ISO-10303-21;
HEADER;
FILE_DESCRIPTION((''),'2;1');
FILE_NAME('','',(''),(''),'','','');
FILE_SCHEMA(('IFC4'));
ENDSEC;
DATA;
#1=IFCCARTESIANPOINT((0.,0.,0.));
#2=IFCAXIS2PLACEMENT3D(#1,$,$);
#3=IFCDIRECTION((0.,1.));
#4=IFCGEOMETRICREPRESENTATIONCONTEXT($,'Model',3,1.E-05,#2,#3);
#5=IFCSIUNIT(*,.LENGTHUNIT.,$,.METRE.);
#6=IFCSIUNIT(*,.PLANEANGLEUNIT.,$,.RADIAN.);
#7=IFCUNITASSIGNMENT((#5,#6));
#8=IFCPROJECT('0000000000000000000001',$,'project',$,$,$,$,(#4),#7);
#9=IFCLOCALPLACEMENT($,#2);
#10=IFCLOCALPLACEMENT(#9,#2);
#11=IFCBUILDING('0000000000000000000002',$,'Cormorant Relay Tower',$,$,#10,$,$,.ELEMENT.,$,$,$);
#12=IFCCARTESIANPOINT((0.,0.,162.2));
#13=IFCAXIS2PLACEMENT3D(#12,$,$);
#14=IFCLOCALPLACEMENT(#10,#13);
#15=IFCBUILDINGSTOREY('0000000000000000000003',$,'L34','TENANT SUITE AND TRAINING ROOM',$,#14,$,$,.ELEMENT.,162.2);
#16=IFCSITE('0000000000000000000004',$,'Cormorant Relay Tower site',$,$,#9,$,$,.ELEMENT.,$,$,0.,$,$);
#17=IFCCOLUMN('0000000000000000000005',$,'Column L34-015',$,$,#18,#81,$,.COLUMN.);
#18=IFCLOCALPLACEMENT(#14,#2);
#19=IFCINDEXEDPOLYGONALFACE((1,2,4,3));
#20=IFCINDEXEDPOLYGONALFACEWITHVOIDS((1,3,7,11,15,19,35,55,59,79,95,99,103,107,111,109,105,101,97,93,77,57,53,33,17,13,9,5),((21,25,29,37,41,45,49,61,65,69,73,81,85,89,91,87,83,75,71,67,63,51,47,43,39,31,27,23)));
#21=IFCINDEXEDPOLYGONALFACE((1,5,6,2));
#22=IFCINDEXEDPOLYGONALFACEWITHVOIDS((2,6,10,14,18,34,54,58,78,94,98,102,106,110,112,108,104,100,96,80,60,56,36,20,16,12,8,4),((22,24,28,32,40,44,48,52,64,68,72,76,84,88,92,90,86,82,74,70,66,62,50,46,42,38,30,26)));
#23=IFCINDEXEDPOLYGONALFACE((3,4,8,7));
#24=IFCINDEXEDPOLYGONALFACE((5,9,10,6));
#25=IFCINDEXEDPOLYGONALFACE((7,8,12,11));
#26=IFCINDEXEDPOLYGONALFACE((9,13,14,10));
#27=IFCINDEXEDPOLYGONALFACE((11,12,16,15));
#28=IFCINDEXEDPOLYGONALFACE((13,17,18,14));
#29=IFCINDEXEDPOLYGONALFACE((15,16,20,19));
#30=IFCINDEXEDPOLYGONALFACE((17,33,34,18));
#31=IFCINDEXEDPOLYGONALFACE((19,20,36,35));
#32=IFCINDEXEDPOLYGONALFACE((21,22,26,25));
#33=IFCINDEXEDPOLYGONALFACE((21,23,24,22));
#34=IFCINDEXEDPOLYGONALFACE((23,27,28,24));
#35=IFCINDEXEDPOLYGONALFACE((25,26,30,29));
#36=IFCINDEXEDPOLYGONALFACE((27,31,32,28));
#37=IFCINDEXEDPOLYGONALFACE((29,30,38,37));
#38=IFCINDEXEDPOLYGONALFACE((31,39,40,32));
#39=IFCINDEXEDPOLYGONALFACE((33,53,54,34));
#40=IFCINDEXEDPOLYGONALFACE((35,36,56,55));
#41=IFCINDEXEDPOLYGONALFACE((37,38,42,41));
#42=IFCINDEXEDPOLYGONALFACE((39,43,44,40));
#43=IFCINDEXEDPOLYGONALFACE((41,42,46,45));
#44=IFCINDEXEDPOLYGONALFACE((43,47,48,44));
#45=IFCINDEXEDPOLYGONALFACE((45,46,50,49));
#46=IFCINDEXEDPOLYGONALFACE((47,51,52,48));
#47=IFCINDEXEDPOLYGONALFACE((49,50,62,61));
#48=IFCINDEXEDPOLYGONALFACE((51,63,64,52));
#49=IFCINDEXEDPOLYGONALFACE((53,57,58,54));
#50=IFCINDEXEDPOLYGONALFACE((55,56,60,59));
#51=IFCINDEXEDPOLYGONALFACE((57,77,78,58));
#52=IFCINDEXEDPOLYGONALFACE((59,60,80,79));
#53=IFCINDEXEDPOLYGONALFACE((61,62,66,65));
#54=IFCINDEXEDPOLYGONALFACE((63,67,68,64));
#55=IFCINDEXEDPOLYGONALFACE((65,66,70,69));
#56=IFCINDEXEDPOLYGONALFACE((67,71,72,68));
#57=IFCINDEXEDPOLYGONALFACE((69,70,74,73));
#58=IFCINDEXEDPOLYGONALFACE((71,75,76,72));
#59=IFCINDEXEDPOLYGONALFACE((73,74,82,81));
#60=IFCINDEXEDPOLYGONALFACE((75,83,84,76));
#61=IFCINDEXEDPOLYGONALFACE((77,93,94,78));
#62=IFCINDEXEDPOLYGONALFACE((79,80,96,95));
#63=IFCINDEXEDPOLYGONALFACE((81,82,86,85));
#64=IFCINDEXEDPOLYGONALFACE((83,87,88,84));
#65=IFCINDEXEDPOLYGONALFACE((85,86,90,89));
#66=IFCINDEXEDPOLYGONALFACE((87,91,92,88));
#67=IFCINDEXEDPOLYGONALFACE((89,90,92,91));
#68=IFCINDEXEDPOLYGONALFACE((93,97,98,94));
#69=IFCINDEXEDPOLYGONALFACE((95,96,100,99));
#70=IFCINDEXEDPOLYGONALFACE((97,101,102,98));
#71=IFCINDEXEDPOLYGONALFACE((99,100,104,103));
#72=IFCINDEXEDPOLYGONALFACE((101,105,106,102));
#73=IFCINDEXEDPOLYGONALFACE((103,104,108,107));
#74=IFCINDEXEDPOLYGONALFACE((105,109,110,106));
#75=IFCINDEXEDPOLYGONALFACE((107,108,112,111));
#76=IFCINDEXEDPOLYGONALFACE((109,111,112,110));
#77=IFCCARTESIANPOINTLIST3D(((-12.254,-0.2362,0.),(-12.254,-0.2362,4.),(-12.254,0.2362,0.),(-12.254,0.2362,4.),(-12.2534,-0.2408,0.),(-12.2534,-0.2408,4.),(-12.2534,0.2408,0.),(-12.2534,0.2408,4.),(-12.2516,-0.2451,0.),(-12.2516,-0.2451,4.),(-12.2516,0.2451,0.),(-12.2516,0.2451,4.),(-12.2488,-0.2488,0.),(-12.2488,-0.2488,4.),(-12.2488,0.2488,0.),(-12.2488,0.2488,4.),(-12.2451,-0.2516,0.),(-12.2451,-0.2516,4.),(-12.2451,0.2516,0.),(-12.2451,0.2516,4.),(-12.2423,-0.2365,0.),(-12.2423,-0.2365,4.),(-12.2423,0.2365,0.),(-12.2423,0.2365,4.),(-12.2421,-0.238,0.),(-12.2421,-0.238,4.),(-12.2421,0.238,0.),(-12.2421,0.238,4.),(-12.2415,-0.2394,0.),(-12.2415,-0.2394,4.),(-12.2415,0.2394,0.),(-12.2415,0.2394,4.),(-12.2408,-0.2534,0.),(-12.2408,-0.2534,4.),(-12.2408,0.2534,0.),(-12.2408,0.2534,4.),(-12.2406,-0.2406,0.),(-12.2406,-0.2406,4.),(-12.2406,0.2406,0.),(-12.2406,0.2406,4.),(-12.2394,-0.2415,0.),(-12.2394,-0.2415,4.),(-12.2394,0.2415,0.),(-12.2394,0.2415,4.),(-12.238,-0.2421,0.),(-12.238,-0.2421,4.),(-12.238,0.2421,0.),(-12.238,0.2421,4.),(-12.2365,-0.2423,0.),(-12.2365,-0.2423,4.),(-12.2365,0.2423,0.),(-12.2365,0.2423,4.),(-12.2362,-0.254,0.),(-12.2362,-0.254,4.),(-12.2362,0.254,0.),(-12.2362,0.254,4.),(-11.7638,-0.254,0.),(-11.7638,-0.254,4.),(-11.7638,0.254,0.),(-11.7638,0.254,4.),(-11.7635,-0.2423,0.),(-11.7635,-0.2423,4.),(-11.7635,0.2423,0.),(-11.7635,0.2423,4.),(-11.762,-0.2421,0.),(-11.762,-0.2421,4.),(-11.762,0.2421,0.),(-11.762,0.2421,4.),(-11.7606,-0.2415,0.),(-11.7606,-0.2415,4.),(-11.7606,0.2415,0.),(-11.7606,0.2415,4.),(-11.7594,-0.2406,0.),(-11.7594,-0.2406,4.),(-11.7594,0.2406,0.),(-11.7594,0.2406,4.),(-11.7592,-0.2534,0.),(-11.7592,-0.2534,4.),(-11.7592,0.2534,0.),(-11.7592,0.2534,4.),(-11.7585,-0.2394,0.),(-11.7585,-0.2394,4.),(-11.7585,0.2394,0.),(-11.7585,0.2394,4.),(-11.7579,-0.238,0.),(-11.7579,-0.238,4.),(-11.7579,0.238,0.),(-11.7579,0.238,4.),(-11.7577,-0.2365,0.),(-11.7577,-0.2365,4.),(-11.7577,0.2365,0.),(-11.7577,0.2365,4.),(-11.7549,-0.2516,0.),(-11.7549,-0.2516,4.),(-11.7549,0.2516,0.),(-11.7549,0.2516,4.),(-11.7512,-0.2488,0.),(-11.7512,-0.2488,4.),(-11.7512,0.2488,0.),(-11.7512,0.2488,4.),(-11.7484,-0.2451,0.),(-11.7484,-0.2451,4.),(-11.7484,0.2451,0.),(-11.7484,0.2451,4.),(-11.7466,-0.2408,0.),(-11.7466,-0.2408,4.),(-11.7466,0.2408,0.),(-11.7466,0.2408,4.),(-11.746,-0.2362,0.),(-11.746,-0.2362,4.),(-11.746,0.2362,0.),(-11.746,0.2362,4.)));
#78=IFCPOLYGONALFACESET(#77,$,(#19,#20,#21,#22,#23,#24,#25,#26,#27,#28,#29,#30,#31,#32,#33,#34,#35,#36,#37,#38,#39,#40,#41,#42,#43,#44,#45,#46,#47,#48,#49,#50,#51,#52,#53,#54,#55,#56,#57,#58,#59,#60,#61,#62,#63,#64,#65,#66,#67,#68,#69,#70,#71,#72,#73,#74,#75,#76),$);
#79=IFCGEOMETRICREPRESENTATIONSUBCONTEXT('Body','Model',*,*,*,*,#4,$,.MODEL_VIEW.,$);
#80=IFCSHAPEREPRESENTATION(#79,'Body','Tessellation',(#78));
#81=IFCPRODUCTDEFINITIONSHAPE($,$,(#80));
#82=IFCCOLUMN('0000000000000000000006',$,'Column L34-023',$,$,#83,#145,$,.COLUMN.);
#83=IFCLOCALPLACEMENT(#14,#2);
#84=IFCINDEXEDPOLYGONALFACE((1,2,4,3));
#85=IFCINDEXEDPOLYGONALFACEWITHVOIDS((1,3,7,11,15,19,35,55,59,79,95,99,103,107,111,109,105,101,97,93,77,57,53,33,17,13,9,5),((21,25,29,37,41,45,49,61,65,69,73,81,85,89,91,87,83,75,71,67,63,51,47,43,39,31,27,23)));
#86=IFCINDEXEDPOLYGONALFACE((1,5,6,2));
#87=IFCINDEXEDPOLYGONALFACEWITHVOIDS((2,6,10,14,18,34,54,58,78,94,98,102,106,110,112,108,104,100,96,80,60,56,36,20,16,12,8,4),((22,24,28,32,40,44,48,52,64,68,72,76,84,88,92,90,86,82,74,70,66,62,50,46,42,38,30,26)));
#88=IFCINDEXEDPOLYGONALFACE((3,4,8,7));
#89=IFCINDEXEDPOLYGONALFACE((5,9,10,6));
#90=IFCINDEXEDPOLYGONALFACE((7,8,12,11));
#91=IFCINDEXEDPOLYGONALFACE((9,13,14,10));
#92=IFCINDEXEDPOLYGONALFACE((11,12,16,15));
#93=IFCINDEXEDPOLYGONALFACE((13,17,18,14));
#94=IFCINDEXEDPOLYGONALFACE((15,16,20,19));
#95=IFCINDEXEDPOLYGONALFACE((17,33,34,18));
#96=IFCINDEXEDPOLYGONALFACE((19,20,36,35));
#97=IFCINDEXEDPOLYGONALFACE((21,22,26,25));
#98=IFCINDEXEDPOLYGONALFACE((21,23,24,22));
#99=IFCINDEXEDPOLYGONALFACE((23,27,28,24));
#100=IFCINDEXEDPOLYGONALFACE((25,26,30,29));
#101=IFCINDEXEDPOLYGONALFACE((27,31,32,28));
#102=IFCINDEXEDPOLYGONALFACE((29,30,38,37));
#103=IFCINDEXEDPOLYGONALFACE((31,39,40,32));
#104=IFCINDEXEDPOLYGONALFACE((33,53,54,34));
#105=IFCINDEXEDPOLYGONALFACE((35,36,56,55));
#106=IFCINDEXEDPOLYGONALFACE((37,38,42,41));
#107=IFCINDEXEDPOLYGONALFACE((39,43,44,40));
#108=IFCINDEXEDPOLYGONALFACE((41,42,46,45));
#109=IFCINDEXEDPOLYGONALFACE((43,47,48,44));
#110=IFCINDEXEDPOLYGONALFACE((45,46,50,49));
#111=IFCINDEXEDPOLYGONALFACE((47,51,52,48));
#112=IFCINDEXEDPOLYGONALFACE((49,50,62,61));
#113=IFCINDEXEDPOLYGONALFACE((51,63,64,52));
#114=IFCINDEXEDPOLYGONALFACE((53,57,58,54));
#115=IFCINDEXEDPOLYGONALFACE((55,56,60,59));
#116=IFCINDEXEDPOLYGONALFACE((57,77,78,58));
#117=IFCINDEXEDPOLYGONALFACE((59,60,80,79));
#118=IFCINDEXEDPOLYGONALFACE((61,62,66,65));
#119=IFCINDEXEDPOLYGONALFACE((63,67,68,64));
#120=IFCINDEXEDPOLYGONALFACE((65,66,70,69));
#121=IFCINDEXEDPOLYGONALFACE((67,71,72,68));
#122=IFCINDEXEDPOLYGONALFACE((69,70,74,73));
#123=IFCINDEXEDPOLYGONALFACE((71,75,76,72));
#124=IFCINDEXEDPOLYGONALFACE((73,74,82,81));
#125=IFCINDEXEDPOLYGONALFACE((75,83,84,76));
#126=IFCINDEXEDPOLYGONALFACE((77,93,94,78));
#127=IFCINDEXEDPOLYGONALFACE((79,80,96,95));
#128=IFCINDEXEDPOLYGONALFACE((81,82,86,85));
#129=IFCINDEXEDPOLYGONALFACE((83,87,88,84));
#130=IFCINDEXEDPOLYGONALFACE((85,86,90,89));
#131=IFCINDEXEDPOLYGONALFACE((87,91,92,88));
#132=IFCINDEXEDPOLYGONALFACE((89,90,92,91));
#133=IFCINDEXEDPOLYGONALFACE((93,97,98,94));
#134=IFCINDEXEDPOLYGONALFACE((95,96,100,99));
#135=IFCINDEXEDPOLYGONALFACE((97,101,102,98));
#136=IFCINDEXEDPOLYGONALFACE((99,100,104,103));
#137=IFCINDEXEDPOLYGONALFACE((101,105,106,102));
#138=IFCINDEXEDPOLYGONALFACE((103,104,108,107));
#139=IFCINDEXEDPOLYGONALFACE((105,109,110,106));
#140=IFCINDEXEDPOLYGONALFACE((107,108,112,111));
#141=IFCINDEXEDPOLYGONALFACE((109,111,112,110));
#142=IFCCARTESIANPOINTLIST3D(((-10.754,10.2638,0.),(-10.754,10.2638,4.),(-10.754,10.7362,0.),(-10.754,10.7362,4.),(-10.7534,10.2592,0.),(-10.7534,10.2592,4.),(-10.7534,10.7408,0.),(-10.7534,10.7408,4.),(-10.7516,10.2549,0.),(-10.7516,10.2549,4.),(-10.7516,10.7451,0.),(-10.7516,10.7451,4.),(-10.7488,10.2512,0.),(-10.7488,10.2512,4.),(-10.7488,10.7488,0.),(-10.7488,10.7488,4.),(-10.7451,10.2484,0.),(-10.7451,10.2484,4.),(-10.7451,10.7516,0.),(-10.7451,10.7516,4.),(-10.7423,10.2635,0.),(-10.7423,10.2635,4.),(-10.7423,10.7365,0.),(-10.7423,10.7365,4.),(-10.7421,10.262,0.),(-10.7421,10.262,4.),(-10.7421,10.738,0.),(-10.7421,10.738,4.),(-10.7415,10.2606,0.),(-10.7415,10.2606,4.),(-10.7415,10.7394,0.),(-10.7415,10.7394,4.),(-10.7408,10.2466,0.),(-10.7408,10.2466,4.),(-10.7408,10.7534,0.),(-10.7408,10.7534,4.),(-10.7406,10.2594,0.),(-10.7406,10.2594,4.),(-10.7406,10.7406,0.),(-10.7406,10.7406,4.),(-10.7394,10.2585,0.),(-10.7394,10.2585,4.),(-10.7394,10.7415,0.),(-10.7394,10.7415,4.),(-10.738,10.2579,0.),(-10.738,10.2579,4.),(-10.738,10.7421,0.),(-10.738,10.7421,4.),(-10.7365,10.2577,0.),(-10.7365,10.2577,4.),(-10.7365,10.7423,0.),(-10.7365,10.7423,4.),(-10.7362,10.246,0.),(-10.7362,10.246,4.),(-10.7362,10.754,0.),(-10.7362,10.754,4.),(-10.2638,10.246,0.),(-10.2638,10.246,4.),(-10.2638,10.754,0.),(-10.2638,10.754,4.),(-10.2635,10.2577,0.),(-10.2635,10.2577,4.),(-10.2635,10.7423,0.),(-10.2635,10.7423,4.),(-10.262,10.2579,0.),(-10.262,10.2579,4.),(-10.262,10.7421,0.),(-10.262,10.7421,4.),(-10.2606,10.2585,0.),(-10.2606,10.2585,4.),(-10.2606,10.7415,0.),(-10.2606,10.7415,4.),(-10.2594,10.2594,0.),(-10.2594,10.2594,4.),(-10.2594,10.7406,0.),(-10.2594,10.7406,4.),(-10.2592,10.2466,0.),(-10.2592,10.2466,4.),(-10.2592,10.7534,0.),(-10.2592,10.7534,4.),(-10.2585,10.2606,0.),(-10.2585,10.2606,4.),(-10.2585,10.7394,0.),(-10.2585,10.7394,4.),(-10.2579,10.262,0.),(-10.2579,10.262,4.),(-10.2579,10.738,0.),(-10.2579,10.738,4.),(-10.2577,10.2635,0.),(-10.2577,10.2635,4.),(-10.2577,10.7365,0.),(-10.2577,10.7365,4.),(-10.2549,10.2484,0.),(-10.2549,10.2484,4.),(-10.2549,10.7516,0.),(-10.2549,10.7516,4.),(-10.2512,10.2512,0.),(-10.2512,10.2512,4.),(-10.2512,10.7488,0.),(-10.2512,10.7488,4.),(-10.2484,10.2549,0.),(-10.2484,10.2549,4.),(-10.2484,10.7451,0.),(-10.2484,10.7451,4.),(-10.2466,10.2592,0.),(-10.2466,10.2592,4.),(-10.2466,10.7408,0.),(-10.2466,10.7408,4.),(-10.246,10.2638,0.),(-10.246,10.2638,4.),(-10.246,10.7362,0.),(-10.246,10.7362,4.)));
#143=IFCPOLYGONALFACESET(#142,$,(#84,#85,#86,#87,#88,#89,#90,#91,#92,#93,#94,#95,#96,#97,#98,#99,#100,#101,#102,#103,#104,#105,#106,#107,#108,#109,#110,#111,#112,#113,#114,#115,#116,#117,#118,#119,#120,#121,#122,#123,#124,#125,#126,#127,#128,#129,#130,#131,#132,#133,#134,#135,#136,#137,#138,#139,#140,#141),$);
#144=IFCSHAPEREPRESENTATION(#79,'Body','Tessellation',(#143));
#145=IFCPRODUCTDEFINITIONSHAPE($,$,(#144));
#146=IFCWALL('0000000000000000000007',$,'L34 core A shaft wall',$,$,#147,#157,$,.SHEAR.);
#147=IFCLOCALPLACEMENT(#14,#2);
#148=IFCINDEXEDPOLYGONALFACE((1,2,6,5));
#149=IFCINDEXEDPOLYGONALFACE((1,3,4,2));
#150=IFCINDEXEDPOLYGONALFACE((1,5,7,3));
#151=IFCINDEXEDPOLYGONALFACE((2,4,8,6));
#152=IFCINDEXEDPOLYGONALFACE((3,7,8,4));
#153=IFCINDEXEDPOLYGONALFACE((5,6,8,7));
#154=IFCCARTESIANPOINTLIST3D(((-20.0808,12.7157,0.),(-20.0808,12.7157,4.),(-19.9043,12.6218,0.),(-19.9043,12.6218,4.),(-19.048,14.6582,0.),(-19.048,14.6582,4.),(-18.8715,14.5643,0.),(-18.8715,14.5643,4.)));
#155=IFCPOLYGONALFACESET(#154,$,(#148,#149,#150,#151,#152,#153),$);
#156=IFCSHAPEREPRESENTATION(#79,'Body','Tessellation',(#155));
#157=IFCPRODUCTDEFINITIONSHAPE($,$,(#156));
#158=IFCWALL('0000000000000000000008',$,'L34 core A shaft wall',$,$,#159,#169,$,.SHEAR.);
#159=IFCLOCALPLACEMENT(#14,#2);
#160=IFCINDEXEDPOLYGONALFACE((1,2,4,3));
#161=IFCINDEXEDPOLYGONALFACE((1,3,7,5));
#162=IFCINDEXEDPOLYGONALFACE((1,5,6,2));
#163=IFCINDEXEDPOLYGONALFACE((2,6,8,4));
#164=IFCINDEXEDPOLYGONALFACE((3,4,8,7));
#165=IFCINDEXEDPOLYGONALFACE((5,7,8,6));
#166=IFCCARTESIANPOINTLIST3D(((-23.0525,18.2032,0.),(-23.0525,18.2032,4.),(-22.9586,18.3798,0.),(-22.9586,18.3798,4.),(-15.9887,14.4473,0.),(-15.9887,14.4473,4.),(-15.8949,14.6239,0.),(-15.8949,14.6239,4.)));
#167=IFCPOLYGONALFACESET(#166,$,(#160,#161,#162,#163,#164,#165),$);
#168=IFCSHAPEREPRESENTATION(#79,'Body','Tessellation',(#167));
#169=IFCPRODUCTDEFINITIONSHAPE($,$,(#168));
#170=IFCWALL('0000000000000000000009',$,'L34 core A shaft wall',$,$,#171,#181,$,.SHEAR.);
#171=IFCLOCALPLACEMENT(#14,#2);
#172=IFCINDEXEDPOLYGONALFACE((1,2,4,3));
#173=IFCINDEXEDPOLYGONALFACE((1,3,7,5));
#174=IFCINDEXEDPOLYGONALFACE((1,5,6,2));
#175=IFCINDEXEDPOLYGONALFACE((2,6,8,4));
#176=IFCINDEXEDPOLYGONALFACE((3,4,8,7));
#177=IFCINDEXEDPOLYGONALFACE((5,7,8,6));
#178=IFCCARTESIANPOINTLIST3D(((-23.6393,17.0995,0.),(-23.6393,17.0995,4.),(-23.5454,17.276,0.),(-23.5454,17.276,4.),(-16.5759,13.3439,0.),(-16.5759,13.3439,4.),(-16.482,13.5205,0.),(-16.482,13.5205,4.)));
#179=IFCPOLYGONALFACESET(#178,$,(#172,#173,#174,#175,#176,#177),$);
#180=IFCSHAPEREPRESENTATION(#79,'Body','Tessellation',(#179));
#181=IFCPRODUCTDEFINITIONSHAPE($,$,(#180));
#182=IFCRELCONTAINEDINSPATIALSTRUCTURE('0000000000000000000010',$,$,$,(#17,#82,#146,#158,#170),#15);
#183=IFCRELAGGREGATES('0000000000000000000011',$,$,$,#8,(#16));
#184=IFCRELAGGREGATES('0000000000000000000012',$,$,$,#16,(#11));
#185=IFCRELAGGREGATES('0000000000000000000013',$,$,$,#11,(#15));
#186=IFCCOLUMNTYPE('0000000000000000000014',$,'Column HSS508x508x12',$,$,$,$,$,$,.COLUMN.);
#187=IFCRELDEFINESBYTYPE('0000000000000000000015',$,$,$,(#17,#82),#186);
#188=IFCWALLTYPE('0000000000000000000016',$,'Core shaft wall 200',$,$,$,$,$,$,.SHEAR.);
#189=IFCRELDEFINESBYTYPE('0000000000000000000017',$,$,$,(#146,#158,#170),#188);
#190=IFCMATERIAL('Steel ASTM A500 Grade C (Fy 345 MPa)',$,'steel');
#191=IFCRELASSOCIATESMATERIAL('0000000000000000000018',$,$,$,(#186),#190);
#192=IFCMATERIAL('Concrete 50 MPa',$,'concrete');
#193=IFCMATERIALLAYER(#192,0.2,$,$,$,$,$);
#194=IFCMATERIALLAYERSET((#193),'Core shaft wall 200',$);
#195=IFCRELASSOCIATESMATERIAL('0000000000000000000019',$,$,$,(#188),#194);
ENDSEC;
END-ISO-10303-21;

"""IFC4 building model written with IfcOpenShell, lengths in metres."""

from ifc_helpers import new_model, si_unit, direction, frame, frame_2d, origin, origin_2d, place, context, subcontext, project, spatial, rectangle, hollow_rectangle, extrude, material, layer, layer_set, material_profile, profile_set, type_object, element, save


model = new_model("IFC4")

# Units and contexts
model_context = context("Model", 3, precision=1e-05, world=origin(), true_north=direction((0.0, 1.0)))
body_context = subcontext(model_context, "Body", "Model", "MODEL_VIEW")
ifc_project = project(units=[si_unit("LENGTHUNIT", "METRE"), si_unit("PLANEANGLEUNIT", "RADIAN")], contexts=[model_context])

# Site, building, storey
site_placement = place(None, origin())
site = spatial("IfcSite", under=ifc_project, at=site_placement, Name="Cormorant Relay Tower site", CompositionType="ELEMENT", RefElevation=0.0)
building_placement = place(site_placement, origin())
building = spatial("IfcBuilding", under=site, at=building_placement, Name="Cormorant Relay Tower", CompositionType="ELEMENT")
storey_placement = place(building_placement, frame((0.0, 0.0, 162.2)))
storey = spatial("IfcBuildingStorey", under=building, at=storey_placement, Name="L34", Description="TENANT SUITE AND TRAINING ROOM", CompositionType="ELEMENT", Elevation=162.2)

# Columns
ifc_material_1 = material(Name="Steel ASTM A500 Grade C (Fy 345 MPa)", Category="steel")
ifc_material_profile = material_profile(ifc_material_1, hollow_rectangle(XDim=0.5081, YDim=0.5081, WallThickness=0.0117, InnerFilletRadius=0.0059, OuterFilletRadius=0.0178, at=origin_2d()), Name="HSS508x508x12")
ifc_profile_set = profile_set([ifc_material_profile], Name="Steel ASTM A500 Grade C (Fy 345 MPa)")
column_type = type_object("IfcColumnType", Name="Column HSS508x508x12", PredefinedType="COLUMN", material=ifc_profile_set)
for number, where, z_axis, x_axis, name in (
    (1, (-12.0, 0.0, 0.0), (0.0, 0.0, 1.0), (1.0, 0.0, 0.0), "Column L34-015"),
    (2, (-10.5, 10.5, 0.0), (0.0, 0.0, 1.0), (1.0, 0.0, 0.0), "Column L34-023"),
):
    element("IfcColumn", number, at=place(storey_placement, frame(where, z_axis=z_axis, x_axis=x_axis)), inside=storey, type_object=column_type, Name=name, PredefinedType="COLUMN", context=body_context, shape_type="SweptSolid", body=[
        extrude(hollow_rectangle(XDim=0.5081, YDim=0.5081, WallThickness=0.0117, InnerFilletRadius=0.0059, OuterFilletRadius=0.0178, at=origin_2d()), origin(), (0.0, 0.0, 1.0), 4.0),
    ])

# Walls
ifc_material_2 = material(Name="Concrete 50 MPa", Category="concrete")
ifc_layer_1 = layer(ifc_material_2, 0.2)
ifc_layer_set_1 = layer_set([ifc_layer_1], Name="Core shaft wall 200")
wall_type_1 = type_object("IfcWallType", Name="Core shaft wall 200", PredefinedType="SHEAR", material=ifc_layer_set_1)
wall_1_placement = place(storey_placement, frame((-18.9597, 14.6113, 0.0), z_axis=(0.0, 0.0, 1.0), x_axis=(-0.469447, -0.88296, 0.0)))
element("IfcWall", 3, at=wall_1_placement, inside=storey, type_object=wall_type_1, Name="L34 core A shaft wall", PredefinedType="SHEAR", context=body_context, shape_type="SweptSolid", body=[
    extrude(rectangle(XDim=2.2, YDim=0.2, at=frame_2d((1.1001, 0.0))), origin(), (0.0, 0.0, 1.0), 4.0),
])
wall_2_placement = place(storey_placement, frame((-15.9419, 14.5356, 0.0), z_axis=(0.0, 0.0, 1.0), x_axis=(-0.882947, 0.469473, 0.0)))
element("IfcWall", 4, at=wall_2_placement, inside=storey, type_object=wall_type_1, Name="L34 core A shaft wall", PredefinedType="SHEAR", context=body_context, shape_type="SweptSolid", body=[
    extrude(rectangle(XDim=8.0002, YDim=0.2, at=frame_2d((4.0, 0.0))), origin(), (0.0, 0.0, 1.0), 4.0),
])
wall_3_placement = place(storey_placement, frame((-16.5288, 13.4321, 0.0), z_axis=(0.0, 0.0, 1.0), x_axis=(-0.882953, 0.469462, 0.0)))
element("IfcWall", 5, at=wall_3_placement, inside=storey, type_object=wall_type_1, Name="L34 core A shaft wall", PredefinedType="SHEAR", context=body_context, shape_type="SweptSolid", body=[
    extrude(rectangle(XDim=7.9998, YDim=0.2, at=frame_2d((4.0, 0.0))), origin(), (0.0, 0.0, 1.0), 4.0),
])

save(model, "model.ifc")
